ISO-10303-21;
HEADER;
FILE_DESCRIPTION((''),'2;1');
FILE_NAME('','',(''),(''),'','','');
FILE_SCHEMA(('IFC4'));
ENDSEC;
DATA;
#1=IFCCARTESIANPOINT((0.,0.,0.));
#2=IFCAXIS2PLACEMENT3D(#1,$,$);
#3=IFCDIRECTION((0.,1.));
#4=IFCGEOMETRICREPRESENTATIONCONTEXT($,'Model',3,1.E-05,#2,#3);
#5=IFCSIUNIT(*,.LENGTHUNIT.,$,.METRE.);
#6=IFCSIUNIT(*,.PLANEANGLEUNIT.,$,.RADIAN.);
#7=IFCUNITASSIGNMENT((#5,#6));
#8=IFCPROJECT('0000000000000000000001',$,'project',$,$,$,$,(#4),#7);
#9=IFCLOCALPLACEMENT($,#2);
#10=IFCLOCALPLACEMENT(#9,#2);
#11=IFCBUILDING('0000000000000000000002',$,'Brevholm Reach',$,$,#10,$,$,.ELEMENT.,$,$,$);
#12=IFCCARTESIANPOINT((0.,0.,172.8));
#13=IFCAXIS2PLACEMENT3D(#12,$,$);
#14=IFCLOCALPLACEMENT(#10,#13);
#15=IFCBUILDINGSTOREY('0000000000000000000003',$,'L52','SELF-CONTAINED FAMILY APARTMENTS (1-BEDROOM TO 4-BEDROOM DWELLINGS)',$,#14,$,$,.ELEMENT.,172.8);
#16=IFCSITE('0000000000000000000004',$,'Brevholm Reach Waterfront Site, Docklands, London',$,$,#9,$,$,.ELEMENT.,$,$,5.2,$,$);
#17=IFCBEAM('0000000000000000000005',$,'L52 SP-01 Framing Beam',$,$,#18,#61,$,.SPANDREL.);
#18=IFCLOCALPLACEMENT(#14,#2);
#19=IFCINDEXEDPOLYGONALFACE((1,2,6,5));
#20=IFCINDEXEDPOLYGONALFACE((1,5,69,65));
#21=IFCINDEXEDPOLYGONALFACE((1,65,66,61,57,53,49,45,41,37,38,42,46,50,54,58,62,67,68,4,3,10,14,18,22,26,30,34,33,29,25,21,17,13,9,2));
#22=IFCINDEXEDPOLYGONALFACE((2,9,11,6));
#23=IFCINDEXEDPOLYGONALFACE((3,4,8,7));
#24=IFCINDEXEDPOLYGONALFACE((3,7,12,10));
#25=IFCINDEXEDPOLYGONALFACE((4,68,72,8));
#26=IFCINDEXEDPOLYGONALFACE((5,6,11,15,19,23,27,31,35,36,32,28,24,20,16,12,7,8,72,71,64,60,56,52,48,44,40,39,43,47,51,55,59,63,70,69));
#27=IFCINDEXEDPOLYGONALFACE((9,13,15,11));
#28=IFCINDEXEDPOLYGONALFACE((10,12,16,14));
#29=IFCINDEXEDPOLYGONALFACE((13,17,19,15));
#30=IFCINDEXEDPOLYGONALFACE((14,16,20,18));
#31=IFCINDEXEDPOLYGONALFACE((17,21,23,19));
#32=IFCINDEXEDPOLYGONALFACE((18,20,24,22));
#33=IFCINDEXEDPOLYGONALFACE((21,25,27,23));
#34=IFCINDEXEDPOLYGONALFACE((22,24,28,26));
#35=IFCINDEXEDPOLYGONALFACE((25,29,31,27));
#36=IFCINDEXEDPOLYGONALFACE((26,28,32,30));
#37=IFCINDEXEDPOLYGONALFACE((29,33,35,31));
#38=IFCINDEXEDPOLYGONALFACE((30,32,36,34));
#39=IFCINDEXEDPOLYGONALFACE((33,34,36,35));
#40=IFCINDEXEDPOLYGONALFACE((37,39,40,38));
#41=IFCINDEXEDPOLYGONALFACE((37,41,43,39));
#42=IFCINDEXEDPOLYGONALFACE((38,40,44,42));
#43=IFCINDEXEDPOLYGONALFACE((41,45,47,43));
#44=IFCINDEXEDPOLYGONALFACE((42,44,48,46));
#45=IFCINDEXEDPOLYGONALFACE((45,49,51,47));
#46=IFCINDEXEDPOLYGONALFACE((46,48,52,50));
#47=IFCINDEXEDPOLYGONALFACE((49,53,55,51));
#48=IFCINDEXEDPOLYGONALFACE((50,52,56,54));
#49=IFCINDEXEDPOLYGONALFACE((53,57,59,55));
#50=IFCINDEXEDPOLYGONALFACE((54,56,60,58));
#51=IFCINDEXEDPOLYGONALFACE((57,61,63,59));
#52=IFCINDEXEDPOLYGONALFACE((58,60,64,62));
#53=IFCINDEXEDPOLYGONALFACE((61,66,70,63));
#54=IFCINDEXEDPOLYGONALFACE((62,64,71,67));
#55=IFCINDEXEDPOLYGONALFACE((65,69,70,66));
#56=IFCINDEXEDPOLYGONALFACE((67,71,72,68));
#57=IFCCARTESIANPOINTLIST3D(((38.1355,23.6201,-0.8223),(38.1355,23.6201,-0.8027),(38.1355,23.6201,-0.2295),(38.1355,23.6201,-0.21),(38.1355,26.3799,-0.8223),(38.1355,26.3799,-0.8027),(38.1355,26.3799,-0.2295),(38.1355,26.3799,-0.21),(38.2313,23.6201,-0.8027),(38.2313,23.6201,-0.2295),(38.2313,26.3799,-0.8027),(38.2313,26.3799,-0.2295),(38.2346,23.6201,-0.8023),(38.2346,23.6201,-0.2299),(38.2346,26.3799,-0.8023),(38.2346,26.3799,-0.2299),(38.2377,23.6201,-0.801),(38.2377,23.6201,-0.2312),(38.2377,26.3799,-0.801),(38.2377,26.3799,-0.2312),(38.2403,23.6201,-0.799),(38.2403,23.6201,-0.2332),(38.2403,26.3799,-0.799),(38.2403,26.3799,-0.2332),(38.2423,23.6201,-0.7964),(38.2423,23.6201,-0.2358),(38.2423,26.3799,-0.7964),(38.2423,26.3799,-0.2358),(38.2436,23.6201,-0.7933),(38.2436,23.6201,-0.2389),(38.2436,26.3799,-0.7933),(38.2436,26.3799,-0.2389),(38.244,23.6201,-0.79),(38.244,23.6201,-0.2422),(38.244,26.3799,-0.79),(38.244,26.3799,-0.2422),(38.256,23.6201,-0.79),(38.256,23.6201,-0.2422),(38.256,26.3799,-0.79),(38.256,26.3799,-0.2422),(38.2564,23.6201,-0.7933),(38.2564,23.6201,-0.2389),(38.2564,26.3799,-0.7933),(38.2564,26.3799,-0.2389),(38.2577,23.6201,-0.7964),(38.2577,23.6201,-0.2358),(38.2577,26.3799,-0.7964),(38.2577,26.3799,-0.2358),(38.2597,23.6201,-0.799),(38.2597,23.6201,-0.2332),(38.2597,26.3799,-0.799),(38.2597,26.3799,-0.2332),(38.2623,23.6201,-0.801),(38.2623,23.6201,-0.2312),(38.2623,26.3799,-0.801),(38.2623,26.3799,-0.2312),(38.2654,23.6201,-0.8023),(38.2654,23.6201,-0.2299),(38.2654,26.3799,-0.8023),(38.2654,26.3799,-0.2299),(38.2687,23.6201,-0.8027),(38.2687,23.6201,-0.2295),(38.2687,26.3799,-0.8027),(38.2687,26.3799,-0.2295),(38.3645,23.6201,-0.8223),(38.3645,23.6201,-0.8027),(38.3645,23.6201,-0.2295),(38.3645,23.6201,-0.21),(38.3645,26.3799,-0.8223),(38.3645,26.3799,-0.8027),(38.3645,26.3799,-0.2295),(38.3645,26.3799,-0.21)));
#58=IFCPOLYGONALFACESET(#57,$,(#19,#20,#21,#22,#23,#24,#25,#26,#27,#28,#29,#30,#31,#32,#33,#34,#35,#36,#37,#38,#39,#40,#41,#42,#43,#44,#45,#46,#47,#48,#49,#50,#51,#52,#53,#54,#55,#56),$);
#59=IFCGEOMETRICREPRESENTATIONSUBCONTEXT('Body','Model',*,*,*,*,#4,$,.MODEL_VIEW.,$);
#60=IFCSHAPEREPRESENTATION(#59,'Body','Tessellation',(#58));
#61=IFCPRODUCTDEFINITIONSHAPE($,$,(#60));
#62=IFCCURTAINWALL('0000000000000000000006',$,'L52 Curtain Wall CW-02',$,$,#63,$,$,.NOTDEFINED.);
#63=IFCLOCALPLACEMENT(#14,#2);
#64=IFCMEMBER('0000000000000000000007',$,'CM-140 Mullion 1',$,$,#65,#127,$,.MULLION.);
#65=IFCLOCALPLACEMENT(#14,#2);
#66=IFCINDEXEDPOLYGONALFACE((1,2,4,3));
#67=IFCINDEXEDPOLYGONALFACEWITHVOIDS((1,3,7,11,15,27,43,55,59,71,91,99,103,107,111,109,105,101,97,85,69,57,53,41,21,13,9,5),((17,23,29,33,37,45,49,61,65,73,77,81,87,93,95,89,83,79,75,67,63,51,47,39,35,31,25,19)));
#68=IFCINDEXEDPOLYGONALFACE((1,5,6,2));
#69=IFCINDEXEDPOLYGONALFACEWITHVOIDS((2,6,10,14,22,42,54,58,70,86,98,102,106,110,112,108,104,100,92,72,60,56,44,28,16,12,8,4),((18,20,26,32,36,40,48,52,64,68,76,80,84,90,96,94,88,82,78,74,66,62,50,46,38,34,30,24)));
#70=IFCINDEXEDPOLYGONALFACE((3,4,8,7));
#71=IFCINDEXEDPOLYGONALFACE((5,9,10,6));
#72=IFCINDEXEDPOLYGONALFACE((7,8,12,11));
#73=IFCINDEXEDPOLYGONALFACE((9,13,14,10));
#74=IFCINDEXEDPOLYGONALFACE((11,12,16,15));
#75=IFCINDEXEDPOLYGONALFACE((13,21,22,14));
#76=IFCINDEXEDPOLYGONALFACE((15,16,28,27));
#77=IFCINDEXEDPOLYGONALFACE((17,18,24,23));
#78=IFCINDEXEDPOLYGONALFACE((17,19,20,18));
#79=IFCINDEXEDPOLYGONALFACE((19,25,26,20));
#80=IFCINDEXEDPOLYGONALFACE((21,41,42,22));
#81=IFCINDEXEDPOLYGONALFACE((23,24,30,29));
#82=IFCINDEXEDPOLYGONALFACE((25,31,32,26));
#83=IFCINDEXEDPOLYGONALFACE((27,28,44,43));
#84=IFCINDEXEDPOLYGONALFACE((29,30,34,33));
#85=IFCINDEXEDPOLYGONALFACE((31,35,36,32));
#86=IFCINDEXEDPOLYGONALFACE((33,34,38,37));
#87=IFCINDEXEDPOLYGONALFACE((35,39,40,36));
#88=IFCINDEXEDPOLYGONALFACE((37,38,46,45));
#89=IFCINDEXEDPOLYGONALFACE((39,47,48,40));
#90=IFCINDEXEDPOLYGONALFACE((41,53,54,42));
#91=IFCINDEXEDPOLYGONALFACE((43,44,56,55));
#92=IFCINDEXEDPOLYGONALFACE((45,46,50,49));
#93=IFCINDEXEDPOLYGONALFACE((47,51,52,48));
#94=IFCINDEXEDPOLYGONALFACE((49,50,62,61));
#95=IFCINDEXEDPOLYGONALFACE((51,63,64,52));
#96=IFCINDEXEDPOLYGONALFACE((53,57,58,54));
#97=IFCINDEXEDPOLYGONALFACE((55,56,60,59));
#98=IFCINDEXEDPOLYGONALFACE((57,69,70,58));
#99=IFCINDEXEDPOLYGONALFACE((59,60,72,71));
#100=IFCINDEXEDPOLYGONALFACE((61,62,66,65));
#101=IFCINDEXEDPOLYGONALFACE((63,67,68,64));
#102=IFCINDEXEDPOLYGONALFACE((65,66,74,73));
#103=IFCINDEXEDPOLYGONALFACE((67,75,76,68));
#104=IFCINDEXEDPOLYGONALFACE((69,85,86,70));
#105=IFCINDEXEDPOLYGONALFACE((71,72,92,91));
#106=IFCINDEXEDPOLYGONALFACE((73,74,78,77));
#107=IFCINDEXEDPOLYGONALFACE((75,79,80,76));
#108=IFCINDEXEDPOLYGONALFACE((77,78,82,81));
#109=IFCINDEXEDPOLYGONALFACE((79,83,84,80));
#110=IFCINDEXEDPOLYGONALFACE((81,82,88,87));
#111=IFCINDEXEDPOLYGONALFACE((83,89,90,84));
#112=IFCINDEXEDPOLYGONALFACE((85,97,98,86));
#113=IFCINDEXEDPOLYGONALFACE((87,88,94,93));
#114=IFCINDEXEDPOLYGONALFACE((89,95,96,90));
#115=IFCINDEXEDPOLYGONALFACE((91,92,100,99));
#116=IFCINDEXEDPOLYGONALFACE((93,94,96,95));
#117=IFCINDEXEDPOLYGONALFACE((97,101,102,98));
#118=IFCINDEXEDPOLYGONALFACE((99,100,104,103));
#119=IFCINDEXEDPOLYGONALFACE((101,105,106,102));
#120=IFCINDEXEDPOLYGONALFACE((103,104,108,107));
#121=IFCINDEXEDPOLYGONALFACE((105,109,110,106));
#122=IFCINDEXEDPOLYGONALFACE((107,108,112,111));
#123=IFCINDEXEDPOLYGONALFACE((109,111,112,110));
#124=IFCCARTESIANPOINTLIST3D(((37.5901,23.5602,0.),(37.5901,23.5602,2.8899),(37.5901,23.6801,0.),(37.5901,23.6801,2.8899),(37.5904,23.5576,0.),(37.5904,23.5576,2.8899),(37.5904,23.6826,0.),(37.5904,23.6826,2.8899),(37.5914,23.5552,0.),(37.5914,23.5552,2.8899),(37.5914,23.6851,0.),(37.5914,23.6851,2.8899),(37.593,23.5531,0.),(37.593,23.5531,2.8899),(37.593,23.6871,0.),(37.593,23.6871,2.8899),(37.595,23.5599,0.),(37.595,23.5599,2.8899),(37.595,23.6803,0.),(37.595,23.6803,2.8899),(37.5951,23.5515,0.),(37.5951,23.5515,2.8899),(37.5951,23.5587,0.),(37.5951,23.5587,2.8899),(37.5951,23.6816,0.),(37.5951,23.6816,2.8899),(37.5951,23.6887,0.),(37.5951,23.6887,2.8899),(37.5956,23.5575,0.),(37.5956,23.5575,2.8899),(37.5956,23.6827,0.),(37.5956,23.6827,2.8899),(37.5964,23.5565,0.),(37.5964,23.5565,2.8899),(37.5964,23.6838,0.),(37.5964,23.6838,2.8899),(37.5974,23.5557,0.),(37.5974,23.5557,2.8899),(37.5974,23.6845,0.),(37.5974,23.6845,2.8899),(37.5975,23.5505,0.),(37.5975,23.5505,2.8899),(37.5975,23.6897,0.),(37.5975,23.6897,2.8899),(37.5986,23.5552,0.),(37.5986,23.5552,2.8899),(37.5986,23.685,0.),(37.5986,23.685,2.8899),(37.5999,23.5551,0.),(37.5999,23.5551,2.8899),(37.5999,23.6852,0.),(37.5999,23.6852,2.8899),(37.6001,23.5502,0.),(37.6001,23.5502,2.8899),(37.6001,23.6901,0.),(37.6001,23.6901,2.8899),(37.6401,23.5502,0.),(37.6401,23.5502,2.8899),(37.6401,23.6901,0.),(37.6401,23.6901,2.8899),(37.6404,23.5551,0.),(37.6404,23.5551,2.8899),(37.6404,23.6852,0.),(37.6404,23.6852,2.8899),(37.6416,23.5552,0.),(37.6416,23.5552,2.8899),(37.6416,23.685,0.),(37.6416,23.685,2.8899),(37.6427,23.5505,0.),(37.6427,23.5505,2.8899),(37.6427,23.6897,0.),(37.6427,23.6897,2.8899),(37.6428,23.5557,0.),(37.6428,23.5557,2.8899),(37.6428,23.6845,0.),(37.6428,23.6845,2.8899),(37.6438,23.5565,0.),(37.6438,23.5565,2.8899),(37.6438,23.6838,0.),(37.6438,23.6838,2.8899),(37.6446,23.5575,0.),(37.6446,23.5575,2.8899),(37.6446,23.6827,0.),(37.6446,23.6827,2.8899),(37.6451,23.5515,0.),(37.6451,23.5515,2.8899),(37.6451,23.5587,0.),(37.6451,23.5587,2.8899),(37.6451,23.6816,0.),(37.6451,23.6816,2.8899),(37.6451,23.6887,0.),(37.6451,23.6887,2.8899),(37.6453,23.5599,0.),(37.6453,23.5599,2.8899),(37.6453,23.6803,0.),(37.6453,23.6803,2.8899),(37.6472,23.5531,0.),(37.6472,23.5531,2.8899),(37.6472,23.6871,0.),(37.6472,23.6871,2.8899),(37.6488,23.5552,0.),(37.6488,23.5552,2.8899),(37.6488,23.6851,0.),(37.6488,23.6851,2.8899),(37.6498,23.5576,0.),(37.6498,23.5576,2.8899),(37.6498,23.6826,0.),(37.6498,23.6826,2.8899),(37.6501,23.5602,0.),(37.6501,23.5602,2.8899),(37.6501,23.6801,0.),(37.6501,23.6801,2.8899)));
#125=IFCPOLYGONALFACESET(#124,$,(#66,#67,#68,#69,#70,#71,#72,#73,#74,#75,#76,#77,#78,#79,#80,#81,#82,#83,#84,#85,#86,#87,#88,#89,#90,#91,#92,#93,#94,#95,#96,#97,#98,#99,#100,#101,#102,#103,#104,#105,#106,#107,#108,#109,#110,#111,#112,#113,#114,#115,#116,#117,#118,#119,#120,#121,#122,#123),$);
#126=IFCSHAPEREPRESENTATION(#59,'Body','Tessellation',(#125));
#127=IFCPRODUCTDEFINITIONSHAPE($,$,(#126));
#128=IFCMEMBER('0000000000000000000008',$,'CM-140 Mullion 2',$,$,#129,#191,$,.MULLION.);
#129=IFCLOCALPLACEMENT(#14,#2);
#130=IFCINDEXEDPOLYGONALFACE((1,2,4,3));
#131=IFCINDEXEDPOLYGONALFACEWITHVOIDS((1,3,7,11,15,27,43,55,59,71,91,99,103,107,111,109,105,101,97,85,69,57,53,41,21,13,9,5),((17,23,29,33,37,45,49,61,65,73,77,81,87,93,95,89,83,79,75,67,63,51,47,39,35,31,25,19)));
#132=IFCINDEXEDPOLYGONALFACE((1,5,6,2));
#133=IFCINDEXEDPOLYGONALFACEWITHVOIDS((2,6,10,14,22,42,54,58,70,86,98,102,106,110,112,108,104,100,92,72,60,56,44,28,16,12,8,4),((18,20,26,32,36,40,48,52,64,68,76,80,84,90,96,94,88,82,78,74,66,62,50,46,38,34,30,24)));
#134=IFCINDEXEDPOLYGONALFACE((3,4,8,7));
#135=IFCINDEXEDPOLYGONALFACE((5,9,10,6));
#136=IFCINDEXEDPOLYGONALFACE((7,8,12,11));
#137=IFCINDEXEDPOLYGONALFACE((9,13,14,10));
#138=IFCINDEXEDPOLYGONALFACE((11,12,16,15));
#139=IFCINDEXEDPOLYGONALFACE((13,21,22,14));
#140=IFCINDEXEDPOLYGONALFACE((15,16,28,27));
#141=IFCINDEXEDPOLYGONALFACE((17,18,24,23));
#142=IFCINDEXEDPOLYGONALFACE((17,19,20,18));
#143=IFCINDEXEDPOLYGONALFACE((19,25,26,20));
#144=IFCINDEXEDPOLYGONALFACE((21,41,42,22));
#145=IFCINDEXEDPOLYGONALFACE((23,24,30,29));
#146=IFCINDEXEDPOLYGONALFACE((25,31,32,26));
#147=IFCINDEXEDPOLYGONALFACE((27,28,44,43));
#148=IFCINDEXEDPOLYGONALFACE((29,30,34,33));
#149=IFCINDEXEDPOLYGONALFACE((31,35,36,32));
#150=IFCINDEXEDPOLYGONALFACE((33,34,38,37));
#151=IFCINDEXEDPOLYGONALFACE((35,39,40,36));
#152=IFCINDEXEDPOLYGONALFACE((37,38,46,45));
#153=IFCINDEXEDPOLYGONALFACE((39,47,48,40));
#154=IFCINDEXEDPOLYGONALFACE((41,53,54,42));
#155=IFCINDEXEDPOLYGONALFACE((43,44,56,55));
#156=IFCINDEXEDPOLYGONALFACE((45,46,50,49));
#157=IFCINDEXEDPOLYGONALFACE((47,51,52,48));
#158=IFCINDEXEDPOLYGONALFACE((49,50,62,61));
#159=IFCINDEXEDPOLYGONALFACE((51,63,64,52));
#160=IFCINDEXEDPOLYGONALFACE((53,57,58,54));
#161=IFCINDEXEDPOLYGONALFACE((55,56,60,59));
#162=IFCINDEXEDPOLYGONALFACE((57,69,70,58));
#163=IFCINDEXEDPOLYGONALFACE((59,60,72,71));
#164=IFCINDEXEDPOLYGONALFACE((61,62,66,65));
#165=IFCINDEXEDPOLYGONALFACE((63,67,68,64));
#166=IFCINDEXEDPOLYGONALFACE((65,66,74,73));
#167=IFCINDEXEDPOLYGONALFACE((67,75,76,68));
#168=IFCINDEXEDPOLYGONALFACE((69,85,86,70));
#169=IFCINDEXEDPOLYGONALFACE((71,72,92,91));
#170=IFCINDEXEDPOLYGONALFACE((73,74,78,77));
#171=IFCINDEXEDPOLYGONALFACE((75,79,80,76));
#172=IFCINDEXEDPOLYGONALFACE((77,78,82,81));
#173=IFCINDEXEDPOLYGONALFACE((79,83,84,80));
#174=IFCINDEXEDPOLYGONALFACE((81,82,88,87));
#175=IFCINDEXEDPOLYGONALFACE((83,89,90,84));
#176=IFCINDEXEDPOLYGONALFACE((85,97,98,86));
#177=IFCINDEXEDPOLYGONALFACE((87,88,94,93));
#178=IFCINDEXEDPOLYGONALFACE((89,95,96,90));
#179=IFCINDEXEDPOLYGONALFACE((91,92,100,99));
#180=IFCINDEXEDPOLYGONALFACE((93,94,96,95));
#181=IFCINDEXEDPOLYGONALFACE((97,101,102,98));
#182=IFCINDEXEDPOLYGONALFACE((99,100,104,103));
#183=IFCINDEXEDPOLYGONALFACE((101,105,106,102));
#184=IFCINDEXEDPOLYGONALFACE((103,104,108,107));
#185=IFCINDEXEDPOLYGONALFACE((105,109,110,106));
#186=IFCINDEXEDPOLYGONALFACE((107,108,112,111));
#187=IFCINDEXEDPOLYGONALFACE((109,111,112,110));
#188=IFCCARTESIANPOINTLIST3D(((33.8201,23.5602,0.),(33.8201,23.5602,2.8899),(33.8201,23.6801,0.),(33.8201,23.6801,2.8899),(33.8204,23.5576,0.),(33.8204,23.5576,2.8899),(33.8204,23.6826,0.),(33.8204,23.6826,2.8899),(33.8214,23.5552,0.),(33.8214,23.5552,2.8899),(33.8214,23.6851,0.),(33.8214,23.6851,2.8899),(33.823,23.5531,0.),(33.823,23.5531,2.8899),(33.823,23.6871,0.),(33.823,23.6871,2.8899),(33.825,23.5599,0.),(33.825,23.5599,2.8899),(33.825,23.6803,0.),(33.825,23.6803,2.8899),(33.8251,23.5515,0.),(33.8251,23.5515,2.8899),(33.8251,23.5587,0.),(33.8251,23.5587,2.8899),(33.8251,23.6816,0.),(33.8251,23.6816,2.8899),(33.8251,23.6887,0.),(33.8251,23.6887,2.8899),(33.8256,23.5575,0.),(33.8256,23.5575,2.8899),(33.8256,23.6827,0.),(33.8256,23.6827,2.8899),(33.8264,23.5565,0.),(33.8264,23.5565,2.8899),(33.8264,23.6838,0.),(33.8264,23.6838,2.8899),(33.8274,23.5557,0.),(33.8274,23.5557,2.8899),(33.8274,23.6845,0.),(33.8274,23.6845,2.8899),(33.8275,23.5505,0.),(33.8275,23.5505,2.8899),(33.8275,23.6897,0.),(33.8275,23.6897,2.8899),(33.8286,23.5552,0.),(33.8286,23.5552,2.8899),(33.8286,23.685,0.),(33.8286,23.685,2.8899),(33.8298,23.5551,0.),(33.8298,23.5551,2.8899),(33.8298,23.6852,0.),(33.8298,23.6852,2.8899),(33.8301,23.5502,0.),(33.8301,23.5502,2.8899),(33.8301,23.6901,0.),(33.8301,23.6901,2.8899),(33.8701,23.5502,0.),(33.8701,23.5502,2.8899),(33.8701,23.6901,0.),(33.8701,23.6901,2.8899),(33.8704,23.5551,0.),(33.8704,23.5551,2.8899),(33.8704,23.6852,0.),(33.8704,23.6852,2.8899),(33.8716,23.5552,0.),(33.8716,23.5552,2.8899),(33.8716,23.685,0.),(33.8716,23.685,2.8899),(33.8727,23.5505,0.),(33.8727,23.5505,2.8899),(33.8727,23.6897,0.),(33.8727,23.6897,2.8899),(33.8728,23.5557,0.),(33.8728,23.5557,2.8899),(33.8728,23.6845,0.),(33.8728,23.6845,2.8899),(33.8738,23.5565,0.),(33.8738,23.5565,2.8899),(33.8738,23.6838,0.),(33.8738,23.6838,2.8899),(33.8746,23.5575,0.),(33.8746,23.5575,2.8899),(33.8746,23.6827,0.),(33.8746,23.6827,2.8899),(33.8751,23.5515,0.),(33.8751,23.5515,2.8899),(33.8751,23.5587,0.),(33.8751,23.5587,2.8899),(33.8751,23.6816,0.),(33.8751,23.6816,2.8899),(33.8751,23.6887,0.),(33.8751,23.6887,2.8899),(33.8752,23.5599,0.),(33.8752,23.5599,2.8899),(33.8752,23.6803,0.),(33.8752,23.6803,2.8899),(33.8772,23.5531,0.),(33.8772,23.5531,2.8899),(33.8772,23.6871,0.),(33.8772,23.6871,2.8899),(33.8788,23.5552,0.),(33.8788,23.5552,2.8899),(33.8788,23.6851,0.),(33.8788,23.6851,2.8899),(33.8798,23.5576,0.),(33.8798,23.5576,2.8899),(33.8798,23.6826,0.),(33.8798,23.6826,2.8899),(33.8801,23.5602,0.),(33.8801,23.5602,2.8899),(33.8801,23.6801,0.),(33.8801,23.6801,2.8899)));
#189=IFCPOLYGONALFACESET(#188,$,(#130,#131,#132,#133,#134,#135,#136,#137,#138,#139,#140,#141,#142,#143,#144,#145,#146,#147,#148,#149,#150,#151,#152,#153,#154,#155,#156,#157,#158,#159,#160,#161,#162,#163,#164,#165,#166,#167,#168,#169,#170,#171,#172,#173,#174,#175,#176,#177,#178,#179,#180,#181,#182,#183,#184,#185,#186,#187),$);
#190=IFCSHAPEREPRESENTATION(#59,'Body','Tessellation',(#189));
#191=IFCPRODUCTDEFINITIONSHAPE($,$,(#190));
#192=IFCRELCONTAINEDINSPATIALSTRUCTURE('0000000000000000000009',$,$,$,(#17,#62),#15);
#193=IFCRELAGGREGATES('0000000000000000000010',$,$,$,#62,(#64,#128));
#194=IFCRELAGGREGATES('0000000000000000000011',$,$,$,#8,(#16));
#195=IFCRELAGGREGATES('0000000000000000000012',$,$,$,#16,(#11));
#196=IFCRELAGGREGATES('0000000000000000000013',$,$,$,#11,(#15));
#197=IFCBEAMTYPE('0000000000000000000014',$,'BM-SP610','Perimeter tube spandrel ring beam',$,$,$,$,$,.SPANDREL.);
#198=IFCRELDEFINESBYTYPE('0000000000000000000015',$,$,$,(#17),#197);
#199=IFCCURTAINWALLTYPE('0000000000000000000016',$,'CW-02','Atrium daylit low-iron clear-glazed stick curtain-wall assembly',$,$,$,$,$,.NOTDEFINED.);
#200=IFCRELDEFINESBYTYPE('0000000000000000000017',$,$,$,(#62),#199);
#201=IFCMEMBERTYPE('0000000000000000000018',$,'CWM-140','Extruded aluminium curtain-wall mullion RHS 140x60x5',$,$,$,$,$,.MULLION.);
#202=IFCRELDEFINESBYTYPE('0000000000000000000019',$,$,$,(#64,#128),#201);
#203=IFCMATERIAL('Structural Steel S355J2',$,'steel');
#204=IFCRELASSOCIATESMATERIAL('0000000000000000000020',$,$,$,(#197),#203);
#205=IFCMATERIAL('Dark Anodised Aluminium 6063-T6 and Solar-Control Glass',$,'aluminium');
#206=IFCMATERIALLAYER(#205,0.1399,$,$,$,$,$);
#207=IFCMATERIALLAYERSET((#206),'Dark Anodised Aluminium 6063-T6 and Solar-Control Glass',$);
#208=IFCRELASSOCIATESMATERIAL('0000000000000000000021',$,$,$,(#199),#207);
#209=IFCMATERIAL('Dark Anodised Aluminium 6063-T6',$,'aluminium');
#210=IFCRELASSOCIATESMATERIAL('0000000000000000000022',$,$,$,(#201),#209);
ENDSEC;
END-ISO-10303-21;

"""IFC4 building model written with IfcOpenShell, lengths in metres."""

from ifc_helpers import new_model, si_unit, direction, frame, origin, origin_2d, place, context, subcontext, project, spatial, hollow_rectangle, i_section, extrude, material, layer, layer_set, material_profile, profile_set, type_object, element, aggregate, save


model = new_model("IFC4")

# Units and contexts
model_context = context("Model", 3, precision=1e-05, world=origin(), true_north=direction((0.0, 1.0)))
body_context = subcontext(model_context, "Body", "Model", "MODEL_VIEW")
ifc_project = project(units=[si_unit("LENGTHUNIT", "METRE"), si_unit("PLANEANGLEUNIT", "RADIAN")], contexts=[model_context])

# Site, building, storey
site_placement = place(None, origin())
site = spatial("IfcSite", under=ifc_project, at=site_placement, Name="Brevholm Reach Waterfront Site, Docklands, London", CompositionType="ELEMENT", RefElevation=5.2)
building_placement = place(site_placement, origin())
building = spatial("IfcBuilding", under=site, at=building_placement, Name="Brevholm Reach", CompositionType="ELEMENT")
storey_placement = place(building_placement, frame((0.0, 0.0, 172.8)))
storey = spatial("IfcBuildingStorey", under=building, at=storey_placement, Name="L52", Description="SELF-CONTAINED FAMILY APARTMENTS (1-BEDROOM TO 4-BEDROOM DWELLINGS)", CompositionType="ELEMENT", Elevation=172.8)

# Beam
ifc_material_1 = material(Name="Structural Steel S355J2", Category="steel")
ifc_material_profile_1 = material_profile(ifc_material_1, i_section(OverallWidth=0.229, OverallDepth=0.6123, WebThickness=0.012, FlangeThickness=0.0195, FilletRadius=0.0127, at=origin_2d()), Name="UKB 610x229x125")
ifc_profile_set_1 = profile_set([ifc_material_profile_1], Name="Structural Steel S355J2")
beam_type = type_object("IfcBeamType", Name="BM-SP610", Description="Perimeter tube spandrel ring beam", PredefinedType="SPANDREL", material=ifc_profile_set_1)
beam_1_placement = place(storey_placement, frame((38.25, 23.6201, -0.5161), z_axis=(0.0, 1.0, 0.0), x_axis=(-1.0, 0.0, 0.0)))
element("IfcBeam", 1, at=beam_1_placement, inside=storey, type_object=beam_type, Name="L52 SP-01 Framing Beam", PredefinedType="SPANDREL", context=body_context, shape_type="SweptSolid", body=[
    extrude(i_section(OverallWidth=0.229, OverallDepth=0.6123, WebThickness=0.012, FlangeThickness=0.0195, FilletRadius=0.0127, at=origin_2d()), origin(), (0.0, 0.0, 1.0), 2.7598),
])

# Curtain wall, members
ifc_material_2 = material(Name="Dark Anodised Aluminium 6063-T6 and Solar-Control Glass", Category="aluminium")
ifc_layer_1 = layer(ifc_material_2, 0.1399)
ifc_layer_set_1 = layer_set([ifc_layer_1], Name="Dark Anodised Aluminium 6063-T6 and Solar-Control Glass")
curtain_wall_type_1 = type_object("IfcCurtainWallType", Name="CW-02", Description="Atrium daylit low-iron clear-glazed stick curtain-wall assembly", PredefinedType="NOTDEFINED", material=ifc_layer_set_1)
curtain_wall_1_placement = place(storey_placement, origin())
curtain_wall_1 = element("IfcCurtainWall", 2, at=curtain_wall_1_placement, inside=storey, type_object=curtain_wall_type_1, Name="L52 Curtain Wall CW-02", PredefinedType="NOTDEFINED")
ifc_material_3 = material(Name="Dark Anodised Aluminium 6063-T6", Category="aluminium")
ifc_material_profile_2 = material_profile(ifc_material_3, hollow_rectangle(XDim=0.0601, YDim=0.1399, WallThickness=0.0049, InnerFilletRadius=0.0049, OuterFilletRadius=0.01, at=origin_2d()), Name="RHS 140x60x5")
ifc_profile_set_2 = profile_set([ifc_material_profile_2], Name="Dark Anodised Aluminium 6063-T6")
member_type_1 = type_object("IfcMemberType", Name="CWM-140", Description="Extruded aluminium curtain-wall mullion RHS 140x60x5", PredefinedType="MULLION", material=ifc_profile_set_2)
member_1_placement = place(storey_placement, frame((37.6201, 23.6201, 0.0), z_axis=(0.0, 0.0, 1.0), x_axis=(-1.0, 0.0, 0.0)))
member_1 = element("IfcMember", 3, at=member_1_placement, type_object=member_type_1, Name="CM-140 Mullion 1", PredefinedType="MULLION", context=body_context, shape_type="SweptSolid", body=[
    extrude(hollow_rectangle(XDim=0.0601, YDim=0.1399, WallThickness=0.0049, InnerFilletRadius=0.0049, OuterFilletRadius=0.01, at=origin_2d()), origin(), (0.0, 0.0, 1.0), 2.8899),
])
member_2_placement = place(storey_placement, frame((33.8501, 23.6201, 0.0), z_axis=(0.0, 0.0, 1.0), x_axis=(-1.0, 0.0, 0.0)))
member_2 = element("IfcMember", 4, at=member_2_placement, type_object=member_type_1, Name="CM-140 Mullion 2", PredefinedType="MULLION", context=body_context, shape_type="SweptSolid", body=[
    extrude(hollow_rectangle(XDim=0.0601, YDim=0.1399, WallThickness=0.0049, InnerFilletRadius=0.0049, OuterFilletRadius=0.01, at=origin_2d()), origin(), (0.0, 0.0, 1.0), 2.8899),
])

aggregate(curtain_wall_1, [member_1, member_2])

save(model, "model.ifc")
